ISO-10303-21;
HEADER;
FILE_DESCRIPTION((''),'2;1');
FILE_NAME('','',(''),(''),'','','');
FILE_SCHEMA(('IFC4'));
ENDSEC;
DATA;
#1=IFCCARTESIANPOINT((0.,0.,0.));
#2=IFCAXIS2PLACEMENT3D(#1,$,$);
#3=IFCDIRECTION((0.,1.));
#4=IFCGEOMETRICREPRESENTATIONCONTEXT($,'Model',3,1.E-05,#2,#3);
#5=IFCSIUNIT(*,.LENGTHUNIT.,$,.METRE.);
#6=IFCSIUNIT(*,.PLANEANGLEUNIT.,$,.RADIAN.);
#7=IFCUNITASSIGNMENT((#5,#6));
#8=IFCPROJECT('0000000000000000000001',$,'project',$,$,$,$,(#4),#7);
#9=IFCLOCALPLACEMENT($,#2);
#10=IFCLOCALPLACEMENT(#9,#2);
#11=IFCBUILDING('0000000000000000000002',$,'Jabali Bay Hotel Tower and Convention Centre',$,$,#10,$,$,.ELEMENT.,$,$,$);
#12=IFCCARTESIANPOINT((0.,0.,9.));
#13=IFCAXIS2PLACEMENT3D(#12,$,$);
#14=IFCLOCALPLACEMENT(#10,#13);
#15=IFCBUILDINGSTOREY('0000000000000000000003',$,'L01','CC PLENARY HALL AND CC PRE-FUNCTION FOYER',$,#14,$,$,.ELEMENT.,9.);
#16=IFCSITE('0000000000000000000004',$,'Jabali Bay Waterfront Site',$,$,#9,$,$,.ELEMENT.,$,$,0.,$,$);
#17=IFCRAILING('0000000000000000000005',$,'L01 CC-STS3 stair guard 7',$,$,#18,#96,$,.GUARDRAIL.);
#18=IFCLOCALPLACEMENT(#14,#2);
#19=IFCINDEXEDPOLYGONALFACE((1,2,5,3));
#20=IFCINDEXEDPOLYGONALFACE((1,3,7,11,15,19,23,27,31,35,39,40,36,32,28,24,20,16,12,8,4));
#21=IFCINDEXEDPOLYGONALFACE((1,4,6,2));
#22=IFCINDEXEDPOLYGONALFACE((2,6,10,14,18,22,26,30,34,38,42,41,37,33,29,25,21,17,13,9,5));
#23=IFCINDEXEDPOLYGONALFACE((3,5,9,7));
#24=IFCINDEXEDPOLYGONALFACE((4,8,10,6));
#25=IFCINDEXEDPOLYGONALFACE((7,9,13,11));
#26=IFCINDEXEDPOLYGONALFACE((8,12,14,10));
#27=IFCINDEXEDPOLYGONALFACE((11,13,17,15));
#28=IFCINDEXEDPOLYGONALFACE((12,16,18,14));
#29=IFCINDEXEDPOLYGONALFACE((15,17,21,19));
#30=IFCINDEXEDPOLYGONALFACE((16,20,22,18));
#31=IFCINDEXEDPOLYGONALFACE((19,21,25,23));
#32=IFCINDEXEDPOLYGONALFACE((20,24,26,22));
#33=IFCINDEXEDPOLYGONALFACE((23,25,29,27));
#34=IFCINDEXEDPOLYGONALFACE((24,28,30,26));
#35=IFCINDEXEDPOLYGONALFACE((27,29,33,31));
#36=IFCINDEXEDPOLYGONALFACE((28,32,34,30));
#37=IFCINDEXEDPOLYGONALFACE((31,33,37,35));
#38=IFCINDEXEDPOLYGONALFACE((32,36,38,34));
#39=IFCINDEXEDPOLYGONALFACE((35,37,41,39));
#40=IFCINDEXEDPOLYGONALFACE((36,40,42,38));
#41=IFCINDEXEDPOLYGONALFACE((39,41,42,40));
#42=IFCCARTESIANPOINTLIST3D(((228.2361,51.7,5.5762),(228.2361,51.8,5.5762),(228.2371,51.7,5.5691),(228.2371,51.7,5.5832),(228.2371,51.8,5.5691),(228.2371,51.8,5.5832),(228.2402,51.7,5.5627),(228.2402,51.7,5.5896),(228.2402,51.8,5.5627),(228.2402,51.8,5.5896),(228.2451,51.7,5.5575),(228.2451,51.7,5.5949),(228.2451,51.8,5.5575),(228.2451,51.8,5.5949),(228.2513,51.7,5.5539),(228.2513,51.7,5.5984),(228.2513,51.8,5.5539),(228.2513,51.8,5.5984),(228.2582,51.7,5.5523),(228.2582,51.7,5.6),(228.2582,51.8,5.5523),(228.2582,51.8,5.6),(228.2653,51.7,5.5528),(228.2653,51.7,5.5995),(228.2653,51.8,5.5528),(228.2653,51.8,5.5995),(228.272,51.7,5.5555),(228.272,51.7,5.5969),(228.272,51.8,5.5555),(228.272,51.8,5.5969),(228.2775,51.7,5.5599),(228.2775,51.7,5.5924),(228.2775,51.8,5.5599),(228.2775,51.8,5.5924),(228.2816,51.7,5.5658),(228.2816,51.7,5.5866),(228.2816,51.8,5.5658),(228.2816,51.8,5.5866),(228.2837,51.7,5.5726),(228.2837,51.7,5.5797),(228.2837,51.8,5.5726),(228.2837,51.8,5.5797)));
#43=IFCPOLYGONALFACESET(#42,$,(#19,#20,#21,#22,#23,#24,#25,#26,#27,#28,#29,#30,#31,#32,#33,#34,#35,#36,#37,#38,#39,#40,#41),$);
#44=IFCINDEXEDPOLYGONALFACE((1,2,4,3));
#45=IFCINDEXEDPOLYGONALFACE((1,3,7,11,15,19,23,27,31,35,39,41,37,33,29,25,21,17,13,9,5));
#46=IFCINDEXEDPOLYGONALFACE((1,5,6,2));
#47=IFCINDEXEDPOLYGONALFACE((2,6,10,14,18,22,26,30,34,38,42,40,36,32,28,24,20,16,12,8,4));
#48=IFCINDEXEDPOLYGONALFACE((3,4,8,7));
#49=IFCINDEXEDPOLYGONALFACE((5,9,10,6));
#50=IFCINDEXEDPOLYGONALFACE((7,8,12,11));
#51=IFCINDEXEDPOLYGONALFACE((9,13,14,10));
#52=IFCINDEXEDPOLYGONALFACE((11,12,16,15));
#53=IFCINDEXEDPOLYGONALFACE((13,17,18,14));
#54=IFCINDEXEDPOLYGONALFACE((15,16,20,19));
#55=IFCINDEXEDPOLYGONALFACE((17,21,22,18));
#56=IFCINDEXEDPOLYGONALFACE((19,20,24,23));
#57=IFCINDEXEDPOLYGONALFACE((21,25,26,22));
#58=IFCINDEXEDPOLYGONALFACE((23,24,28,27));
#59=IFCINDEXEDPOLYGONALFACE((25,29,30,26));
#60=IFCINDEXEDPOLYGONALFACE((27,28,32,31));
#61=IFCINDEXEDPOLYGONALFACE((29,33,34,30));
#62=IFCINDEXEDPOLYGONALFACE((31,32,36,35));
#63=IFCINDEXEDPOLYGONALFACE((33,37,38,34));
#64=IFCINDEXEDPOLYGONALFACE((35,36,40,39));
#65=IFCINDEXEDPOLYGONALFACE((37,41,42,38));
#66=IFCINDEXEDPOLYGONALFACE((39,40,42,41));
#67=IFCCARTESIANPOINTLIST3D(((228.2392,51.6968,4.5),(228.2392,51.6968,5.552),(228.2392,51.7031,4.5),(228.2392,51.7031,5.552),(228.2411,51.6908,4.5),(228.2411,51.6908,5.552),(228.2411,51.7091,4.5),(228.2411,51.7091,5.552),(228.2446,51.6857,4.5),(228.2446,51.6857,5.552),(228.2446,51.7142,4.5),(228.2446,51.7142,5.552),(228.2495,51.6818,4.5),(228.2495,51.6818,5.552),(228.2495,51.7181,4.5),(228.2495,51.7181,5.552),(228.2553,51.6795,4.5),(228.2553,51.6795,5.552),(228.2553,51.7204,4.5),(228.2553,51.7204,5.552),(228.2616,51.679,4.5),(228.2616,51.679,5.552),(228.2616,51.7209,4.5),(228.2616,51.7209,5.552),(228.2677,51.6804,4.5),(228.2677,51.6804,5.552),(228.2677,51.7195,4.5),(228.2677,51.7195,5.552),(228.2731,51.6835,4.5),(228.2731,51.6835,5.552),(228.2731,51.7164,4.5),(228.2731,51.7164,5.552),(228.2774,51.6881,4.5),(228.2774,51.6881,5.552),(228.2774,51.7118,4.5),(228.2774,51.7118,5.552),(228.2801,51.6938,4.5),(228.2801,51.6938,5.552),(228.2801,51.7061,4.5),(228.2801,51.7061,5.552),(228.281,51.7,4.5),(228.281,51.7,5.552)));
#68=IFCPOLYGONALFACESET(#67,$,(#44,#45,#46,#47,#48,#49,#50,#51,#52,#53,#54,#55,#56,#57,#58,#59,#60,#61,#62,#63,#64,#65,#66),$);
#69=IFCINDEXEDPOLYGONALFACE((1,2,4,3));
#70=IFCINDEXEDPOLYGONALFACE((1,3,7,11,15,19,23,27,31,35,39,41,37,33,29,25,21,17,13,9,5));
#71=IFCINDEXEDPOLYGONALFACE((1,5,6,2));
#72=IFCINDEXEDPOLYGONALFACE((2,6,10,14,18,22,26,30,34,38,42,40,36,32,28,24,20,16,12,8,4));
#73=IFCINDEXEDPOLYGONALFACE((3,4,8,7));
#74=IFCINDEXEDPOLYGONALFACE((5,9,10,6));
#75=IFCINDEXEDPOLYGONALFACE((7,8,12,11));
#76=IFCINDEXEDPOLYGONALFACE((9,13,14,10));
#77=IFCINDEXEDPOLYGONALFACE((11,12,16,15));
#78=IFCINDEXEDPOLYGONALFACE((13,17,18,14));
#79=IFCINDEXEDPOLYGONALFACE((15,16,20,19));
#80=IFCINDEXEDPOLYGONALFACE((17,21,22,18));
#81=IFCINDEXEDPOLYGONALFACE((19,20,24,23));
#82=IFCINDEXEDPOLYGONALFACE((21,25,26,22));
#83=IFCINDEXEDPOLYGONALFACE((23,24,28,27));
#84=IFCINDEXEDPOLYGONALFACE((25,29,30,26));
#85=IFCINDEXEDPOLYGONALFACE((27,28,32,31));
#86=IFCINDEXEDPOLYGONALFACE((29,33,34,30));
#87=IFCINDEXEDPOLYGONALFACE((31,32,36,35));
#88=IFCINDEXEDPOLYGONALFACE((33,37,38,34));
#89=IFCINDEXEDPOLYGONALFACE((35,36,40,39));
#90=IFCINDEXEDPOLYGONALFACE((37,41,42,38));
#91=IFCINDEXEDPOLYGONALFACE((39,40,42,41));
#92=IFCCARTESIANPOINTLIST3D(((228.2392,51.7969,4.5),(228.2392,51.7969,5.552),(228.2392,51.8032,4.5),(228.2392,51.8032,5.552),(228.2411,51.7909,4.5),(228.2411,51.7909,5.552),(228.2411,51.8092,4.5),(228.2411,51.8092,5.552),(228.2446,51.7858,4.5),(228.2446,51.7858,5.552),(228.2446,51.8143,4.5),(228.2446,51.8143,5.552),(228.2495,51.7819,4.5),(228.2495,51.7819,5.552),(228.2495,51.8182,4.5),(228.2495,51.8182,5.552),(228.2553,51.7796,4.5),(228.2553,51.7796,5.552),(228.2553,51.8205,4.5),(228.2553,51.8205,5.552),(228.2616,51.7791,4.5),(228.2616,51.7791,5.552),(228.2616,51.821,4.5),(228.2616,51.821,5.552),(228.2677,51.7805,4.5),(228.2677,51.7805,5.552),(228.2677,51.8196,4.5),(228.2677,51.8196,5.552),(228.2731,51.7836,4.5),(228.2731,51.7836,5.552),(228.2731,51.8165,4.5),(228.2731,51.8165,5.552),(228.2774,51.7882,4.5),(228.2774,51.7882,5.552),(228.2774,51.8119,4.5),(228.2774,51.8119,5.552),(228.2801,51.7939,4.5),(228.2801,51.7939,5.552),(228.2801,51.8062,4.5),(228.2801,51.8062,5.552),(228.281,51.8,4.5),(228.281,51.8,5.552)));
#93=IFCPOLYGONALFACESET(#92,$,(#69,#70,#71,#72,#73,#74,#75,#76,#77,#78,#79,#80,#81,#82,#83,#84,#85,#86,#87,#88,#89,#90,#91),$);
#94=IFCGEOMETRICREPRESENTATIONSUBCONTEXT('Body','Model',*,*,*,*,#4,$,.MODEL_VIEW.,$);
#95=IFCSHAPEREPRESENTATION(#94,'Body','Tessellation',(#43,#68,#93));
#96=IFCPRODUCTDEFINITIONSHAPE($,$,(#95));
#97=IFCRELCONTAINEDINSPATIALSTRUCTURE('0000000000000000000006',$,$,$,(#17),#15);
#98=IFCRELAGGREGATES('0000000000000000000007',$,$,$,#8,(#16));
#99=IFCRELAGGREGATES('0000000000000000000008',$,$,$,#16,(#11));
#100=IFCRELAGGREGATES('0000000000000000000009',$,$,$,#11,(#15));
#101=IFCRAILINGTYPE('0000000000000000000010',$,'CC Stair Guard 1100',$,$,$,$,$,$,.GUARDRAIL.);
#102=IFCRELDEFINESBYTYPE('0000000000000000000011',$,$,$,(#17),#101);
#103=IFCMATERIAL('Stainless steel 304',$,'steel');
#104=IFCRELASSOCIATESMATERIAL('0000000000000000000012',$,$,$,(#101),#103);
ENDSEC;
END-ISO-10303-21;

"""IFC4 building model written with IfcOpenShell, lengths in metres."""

from ifc_helpers import new_model, si_unit, direction, frame, origin, origin_2d, place, context, subcontext, project, spatial, circle, extrude, material, type_object, element, save


model = new_model("IFC4")

# Units and contexts
model_context = context("Model", 3, precision=1e-05, world=origin(), true_north=direction((0.0, 1.0)))
body_context = subcontext(model_context, "Body", "Model", "MODEL_VIEW")
ifc_project = project(units=[si_unit("LENGTHUNIT", "METRE"), si_unit("PLANEANGLEUNIT", "RADIAN")], contexts=[model_context])

# Site, building, storey
site_placement = place(None, origin())
site = spatial("IfcSite", under=ifc_project, at=site_placement, Name="Jabali Bay Waterfront Site", CompositionType="ELEMENT", RefElevation=0.0)
building_placement = place(site_placement, origin())
building = spatial("IfcBuilding", under=site, at=building_placement, Name="Jabali Bay Hotel Tower and Convention Centre", CompositionType="ELEMENT")
storey_placement = place(building_placement, frame((0.0, 0.0, 9.0)))
storey = spatial("IfcBuildingStorey", under=building, at=storey_placement, Name="L01", Description="CC PLENARY HALL AND CC PRE-FUNCTION FOYER", CompositionType="ELEMENT", Elevation=9.0)

# Railing
ifc_material_1 = material(Name="Stainless steel 304", Category="steel")
railing_type_1 = type_object("IfcRailingType", Name="CC Stair Guard 1100", PredefinedType="GUARDRAIL", material=ifc_material_1)
railing_1_placement = place(storey_placement, frame((228.26, 51.7, 4.5)))
element("IfcRailing", 1, at=railing_1_placement, inside=storey, type_object=railing_type_1, Name="L01 CC-STS3 stair guard 7", PredefinedType="GUARDRAIL", context=body_context, shape_type="SweptSolid", body=[
    extrude(circle(Radius=0.0239, at=origin_2d()), frame((0.0, 0.0, 1.0762), z_axis=(0.0, 1.0, 0.0), x_axis=(-1.0, 0.0, 0.0)), (0.0, 0.0, 1.0), 0.1001),
    extrude(circle(Radius=0.021, at=origin_2d()), origin(), (0.0, 0.0, 1.0), 1.052),
    extrude(circle(Radius=0.021, at=origin_2d()), frame((0.0, 0.1001, 0.0)), (0.0, 0.0, 1.0), 1.052),
])

save(model, "model.ifc")
